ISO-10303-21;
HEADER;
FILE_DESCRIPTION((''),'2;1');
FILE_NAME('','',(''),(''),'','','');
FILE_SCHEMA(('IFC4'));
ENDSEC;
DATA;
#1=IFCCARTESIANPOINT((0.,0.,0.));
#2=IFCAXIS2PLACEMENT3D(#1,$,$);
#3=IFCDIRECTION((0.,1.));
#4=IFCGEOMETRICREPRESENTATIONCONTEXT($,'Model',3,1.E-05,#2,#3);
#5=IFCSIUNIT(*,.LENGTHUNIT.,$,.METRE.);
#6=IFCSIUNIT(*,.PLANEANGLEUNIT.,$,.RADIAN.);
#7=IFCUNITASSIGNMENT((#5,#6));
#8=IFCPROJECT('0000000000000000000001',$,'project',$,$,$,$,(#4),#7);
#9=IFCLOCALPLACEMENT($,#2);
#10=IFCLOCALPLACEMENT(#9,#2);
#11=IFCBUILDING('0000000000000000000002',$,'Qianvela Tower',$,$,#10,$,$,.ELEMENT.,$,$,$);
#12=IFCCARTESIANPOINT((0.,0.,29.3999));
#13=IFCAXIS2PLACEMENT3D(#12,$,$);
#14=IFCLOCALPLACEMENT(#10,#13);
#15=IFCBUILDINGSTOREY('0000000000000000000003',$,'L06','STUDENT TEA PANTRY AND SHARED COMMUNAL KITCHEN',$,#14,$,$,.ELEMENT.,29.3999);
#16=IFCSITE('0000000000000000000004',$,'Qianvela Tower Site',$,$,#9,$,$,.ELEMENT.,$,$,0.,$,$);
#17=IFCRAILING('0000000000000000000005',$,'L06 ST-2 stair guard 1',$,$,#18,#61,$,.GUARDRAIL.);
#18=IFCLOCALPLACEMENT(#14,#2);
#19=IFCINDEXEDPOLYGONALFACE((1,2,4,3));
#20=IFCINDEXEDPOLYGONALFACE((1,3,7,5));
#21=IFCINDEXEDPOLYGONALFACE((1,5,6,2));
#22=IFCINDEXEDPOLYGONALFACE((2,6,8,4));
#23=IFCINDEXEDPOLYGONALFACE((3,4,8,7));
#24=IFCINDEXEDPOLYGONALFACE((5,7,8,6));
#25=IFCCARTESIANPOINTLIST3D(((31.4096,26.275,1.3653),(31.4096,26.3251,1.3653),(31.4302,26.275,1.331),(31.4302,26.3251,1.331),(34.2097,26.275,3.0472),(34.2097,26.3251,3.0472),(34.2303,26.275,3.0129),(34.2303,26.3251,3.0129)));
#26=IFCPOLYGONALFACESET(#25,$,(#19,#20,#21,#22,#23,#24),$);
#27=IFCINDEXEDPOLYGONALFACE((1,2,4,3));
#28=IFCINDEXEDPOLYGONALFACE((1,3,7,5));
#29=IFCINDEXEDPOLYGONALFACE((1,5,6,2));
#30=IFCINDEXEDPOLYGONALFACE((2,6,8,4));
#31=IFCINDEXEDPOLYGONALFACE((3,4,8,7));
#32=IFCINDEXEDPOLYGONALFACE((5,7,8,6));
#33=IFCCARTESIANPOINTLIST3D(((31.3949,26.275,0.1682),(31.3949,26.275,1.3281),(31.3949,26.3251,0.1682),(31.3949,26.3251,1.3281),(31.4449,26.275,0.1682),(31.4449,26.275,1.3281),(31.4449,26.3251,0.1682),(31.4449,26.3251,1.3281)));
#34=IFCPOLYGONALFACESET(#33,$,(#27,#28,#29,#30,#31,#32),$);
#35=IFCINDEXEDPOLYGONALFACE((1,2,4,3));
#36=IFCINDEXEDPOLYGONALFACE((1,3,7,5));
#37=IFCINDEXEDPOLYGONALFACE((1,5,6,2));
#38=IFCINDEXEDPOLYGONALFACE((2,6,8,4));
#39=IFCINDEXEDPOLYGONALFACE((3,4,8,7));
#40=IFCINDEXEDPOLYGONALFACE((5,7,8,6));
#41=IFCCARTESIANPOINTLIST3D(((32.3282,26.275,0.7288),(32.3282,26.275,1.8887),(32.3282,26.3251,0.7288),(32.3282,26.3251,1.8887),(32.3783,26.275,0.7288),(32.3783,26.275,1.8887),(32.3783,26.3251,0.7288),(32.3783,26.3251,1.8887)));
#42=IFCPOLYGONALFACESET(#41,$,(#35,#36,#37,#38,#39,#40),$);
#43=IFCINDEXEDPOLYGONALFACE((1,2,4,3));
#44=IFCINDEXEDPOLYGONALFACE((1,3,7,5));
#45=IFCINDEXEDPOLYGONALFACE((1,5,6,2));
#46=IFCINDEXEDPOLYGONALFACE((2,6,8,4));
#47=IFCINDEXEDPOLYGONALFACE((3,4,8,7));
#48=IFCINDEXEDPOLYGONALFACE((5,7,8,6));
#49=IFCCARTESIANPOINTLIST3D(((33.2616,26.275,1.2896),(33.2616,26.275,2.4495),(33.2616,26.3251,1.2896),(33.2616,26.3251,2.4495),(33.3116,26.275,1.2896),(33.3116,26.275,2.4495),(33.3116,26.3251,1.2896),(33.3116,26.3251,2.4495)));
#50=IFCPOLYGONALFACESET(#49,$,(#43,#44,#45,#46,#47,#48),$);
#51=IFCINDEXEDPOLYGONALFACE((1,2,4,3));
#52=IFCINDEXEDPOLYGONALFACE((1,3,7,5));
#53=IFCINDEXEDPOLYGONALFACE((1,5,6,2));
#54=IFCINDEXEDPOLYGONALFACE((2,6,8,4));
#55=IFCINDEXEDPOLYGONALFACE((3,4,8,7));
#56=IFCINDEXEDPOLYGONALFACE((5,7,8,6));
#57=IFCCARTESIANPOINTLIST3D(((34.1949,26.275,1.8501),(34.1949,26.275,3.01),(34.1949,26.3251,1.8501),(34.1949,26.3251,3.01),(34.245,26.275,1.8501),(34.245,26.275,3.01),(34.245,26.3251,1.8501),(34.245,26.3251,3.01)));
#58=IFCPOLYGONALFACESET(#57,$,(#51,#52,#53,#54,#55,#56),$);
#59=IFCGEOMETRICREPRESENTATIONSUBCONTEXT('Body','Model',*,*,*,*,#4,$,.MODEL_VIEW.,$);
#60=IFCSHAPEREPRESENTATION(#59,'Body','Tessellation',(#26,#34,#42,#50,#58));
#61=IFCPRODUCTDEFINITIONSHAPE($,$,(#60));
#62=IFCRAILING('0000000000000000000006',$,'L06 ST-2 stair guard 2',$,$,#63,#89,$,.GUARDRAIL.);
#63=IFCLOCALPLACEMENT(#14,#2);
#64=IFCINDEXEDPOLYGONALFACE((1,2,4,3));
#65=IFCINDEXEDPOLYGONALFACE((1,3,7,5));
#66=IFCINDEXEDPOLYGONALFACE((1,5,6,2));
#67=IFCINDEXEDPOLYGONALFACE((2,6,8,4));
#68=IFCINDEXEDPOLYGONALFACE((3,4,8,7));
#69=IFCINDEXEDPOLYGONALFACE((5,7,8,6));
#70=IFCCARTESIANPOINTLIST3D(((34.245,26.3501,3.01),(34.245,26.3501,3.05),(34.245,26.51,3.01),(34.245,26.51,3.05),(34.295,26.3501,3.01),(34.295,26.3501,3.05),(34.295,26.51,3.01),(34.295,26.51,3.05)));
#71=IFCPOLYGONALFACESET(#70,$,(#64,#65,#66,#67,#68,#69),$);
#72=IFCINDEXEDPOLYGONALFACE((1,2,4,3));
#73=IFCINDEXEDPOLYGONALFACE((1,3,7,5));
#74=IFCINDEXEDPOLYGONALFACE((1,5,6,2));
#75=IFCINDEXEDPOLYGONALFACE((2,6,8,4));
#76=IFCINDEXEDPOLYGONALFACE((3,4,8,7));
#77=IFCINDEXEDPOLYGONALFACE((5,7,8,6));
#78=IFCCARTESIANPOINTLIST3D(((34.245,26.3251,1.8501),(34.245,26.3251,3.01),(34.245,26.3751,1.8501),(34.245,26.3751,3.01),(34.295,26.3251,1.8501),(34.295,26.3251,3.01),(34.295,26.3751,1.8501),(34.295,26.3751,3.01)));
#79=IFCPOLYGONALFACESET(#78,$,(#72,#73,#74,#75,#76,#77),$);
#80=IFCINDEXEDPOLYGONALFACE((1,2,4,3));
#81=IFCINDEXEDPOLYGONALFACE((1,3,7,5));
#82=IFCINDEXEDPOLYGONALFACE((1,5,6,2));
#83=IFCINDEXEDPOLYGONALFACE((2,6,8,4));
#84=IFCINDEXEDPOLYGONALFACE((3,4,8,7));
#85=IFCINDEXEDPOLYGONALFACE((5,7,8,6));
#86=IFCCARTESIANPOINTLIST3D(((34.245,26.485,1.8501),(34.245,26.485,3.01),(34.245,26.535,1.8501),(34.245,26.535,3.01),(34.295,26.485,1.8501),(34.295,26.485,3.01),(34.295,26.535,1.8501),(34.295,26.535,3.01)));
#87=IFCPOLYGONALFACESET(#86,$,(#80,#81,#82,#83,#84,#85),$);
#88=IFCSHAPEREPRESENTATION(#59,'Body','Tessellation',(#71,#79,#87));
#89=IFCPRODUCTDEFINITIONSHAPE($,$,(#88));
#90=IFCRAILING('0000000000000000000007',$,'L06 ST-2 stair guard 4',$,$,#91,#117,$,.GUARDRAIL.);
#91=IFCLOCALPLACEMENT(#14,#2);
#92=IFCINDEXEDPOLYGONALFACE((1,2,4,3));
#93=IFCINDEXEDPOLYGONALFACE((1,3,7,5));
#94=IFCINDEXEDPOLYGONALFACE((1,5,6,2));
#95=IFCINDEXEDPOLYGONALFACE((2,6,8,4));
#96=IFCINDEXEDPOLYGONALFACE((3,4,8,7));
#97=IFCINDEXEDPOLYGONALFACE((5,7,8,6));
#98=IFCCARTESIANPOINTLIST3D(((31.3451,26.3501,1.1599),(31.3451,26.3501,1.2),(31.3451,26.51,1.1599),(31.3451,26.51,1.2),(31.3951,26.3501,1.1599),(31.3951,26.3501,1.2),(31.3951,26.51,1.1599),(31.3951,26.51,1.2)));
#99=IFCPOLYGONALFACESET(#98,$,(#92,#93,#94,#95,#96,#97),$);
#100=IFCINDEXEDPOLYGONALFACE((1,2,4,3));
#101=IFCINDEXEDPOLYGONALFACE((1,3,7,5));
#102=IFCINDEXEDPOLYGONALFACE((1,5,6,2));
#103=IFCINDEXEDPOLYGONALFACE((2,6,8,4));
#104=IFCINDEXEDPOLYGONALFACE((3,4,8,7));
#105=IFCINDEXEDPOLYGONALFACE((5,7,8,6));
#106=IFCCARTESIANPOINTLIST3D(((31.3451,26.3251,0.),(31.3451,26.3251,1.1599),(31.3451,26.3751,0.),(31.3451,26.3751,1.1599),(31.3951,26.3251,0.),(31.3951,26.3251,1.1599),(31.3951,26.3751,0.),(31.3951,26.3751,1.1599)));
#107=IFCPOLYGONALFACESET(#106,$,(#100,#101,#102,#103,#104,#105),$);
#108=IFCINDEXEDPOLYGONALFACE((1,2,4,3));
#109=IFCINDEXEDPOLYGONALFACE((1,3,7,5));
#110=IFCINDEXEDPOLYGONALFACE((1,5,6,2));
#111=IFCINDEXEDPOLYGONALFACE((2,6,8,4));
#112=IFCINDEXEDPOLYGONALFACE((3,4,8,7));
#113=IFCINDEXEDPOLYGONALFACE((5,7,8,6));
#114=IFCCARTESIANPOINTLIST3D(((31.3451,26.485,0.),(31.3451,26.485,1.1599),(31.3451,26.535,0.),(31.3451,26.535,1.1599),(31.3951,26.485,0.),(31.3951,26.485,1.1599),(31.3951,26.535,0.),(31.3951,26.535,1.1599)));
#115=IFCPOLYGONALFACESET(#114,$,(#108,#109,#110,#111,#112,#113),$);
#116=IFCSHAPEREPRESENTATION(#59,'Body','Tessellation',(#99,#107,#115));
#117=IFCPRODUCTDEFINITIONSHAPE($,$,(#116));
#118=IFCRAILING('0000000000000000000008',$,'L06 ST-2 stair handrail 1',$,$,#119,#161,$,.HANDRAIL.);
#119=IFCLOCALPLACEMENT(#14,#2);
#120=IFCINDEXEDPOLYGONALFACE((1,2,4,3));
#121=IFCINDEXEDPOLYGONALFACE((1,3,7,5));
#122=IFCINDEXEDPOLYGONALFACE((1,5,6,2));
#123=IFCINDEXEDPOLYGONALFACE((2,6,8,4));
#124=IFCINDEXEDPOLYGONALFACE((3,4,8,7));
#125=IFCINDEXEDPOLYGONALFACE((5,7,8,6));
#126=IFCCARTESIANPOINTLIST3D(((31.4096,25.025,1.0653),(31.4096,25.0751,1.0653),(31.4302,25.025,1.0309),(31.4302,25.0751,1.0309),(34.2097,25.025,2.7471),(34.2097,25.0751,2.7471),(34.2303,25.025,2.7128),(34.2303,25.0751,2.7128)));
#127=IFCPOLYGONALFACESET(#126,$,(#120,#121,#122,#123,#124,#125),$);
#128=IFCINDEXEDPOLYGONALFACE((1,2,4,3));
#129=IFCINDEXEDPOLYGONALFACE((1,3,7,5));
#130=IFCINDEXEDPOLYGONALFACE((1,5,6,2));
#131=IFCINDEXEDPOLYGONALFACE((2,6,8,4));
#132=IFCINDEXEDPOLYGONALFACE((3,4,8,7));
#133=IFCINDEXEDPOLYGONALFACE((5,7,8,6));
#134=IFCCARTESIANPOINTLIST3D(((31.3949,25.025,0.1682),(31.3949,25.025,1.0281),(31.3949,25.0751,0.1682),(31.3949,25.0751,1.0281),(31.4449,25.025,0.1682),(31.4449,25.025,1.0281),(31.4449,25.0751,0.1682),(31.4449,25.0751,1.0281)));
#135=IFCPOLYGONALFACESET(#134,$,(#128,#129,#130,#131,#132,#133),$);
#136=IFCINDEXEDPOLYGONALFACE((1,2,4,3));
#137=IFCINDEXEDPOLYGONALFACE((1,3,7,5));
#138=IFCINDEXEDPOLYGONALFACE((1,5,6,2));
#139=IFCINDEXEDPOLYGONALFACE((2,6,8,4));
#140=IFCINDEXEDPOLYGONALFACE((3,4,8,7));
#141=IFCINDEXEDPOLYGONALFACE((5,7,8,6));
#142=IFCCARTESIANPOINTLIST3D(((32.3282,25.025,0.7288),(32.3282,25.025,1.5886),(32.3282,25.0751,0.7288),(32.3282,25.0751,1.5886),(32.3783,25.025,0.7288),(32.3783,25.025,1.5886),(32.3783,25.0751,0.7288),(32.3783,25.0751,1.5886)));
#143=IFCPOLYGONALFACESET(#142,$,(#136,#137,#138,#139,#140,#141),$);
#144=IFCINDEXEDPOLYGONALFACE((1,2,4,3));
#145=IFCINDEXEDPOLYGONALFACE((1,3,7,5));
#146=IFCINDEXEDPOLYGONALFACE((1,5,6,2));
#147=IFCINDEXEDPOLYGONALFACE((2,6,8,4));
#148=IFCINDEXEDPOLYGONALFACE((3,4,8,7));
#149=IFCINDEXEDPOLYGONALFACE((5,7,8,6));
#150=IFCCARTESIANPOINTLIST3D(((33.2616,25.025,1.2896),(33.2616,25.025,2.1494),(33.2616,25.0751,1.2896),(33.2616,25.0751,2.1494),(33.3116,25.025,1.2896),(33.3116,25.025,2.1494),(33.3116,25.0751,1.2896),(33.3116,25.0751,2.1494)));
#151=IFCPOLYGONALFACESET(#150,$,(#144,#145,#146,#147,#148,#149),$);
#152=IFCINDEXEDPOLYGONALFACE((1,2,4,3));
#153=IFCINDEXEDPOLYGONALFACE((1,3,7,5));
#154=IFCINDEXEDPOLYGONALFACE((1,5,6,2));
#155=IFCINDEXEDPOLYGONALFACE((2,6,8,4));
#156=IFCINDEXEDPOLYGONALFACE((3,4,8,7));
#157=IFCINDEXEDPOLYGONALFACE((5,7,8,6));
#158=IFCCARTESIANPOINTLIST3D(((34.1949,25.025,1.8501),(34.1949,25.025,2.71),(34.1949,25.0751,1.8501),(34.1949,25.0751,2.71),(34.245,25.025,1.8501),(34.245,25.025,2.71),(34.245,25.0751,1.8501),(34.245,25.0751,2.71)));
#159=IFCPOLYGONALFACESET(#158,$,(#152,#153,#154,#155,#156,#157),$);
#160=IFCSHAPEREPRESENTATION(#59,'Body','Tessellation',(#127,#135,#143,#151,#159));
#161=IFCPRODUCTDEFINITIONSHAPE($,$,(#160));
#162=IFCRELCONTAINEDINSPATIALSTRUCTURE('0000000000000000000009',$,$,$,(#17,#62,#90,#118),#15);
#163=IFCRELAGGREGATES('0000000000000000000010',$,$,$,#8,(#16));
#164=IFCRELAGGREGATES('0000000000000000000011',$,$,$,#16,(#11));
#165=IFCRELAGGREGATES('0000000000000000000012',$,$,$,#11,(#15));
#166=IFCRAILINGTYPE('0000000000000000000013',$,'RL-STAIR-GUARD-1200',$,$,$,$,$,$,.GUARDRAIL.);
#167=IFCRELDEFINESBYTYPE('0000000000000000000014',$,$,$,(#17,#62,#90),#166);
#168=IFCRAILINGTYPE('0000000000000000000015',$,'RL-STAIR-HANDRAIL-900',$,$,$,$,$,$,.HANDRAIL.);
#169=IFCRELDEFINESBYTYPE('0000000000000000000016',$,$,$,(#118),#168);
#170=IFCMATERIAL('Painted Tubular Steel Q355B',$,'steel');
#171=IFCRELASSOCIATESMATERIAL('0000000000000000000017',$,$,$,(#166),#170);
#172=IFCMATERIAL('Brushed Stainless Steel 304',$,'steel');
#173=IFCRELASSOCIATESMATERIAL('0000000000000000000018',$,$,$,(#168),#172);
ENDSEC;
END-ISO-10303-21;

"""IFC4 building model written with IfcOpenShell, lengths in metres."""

from ifc_helpers import new_model, si_unit, direction, frame, origin, origin_2d, place, context, subcontext, project, spatial, rectangle, extrude, material, type_object, element, save


model = new_model("IFC4")

# Units and contexts
model_context = context("Model", 3, precision=1e-05, world=origin(), true_north=direction((0.0, 1.0)))
body_context = subcontext(model_context, "Body", "Model", "MODEL_VIEW")
ifc_project = project(units=[si_unit("LENGTHUNIT", "METRE"), si_unit("PLANEANGLEUNIT", "RADIAN")], contexts=[model_context])

# Site, building, storey
site_placement = place(None, origin())
site = spatial("IfcSite", under=ifc_project, at=site_placement, Name="Qianvela Tower Site", CompositionType="ELEMENT", RefElevation=0.0)
building_placement = place(site_placement, origin())
building = spatial("IfcBuilding", under=site, at=building_placement, Name="Qianvela Tower", CompositionType="ELEMENT")
storey_placement = place(building_placement, frame((0.0, 0.0, 29.3999)))
storey = spatial("IfcBuildingStorey", under=building, at=storey_placement, Name="L06", Description="STUDENT TEA PANTRY AND SHARED COMMUNAL KITCHEN", CompositionType="ELEMENT", Elevation=29.3999)

# Railings
ifc_material_1 = material(Name="Painted Tubular Steel Q355B", Category="steel")
railing_type_1 = type_object("IfcRailingType", Name="RL-STAIR-GUARD-1200", PredefinedType="GUARDRAIL", material=ifc_material_1)
railing_1_placement = place(storey_placement, frame((31.4199, 26.3, 0.1682)))
element("IfcRailing", 1, at=railing_1_placement, inside=storey, type_object=railing_type_1, Name="L06 ST-2 stair guard 1", PredefinedType="GUARDRAIL", context=body_context, shape_type="SweptSolid", body=[
    extrude(rectangle(XDim=0.05, YDim=0.04, at=origin_2d()), frame((0.0, 0.0, 1.1799), z_axis=(0.857242, 0.0, 0.514913), x_axis=(0.0, 1.0, 0.0)), (0.0, 0.0, 1.0), 3.2664),
    extrude(rectangle(XDim=0.05, YDim=0.05, at=origin_2d()), origin(), (0.0, 0.0, 1.0), 1.1599),
    extrude(rectangle(XDim=0.05, YDim=0.05, at=origin_2d()), frame((0.9333, 0.0, 0.5605)), (0.0, 0.0, 1.0), 1.1599),
    extrude(rectangle(XDim=0.05, YDim=0.05, at=origin_2d()), frame((1.8667, 0.0, 1.1213)), (0.0, 0.0, 1.0), 1.1599),
    extrude(rectangle(XDim=0.05, YDim=0.05, at=origin_2d()), frame((2.8, 0.0, 1.6819)), (0.0, 0.0, 1.0), 1.1599),
])
for number, where, name in (
    (2, (34.27, 26.3501, 1.8501), "L06 ST-2 stair guard 2"),
    (3, (31.3701, 26.3501, 0.0), "L06 ST-2 stair guard 4"),
):
    element("IfcRailing", number, at=place(storey_placement, frame(where)), inside=storey, type_object=railing_type_1, Name=name, PredefinedType="GUARDRAIL", context=body_context, shape_type="SweptSolid", body=[
        extrude(rectangle(XDim=0.05, YDim=0.04, at=origin_2d()), frame((0.0, 0.0, 1.1799), z_axis=(0.0, 1.0, 0.0), x_axis=(-1.0, 0.0, 0.0)), (0.0, 0.0, 1.0), 0.1599),
        extrude(rectangle(XDim=0.05, YDim=0.05, at=origin_2d()), origin(), (0.0, 0.0, 1.0), 1.1599),
        extrude(rectangle(XDim=0.05, YDim=0.05, at=origin_2d()), frame((0.0, 0.1599, 0.0)), (0.0, 0.0, 1.0), 1.1599),
    ])
ifc_material_2 = material(Name="Brushed Stainless Steel 304", Category="steel")
railing_type_2 = type_object("IfcRailingType", Name="RL-STAIR-HANDRAIL-900", PredefinedType="HANDRAIL", material=ifc_material_2)
railing_2_placement = place(storey_placement, frame((31.4199, 25.05, 0.1682)))
element("IfcRailing", 4, at=railing_2_placement, inside=storey, type_object=railing_type_2, Name="L06 ST-2 stair handrail 1", PredefinedType="HANDRAIL", context=body_context, shape_type="SweptSolid", body=[
    extrude(rectangle(XDim=0.05, YDim=0.04, at=origin_2d()), frame((0.0, 0.0, 0.8799), z_axis=(0.857242, 0.0, 0.514913), x_axis=(0.0, 1.0, 0.0)), (0.0, 0.0, 1.0), 3.2664),
    extrude(rectangle(XDim=0.05, YDim=0.05, at=origin_2d()), origin(), (0.0, 0.0, 1.0), 0.8599),
    extrude(rectangle(XDim=0.05, YDim=0.05, at=origin_2d()), frame((0.9333, 0.0, 0.5605)), (0.0, 0.0, 1.0), 0.8599),
    extrude(rectangle(XDim=0.05, YDim=0.05, at=origin_2d()), frame((1.8667, 0.0, 1.1213)), (0.0, 0.0, 1.0), 0.8599),
    extrude(rectangle(XDim=0.05, YDim=0.05, at=origin_2d()), frame((2.8, 0.0, 1.6819)), (0.0, 0.0, 1.0), 0.8599),
])

save(model, "model.ifc")
